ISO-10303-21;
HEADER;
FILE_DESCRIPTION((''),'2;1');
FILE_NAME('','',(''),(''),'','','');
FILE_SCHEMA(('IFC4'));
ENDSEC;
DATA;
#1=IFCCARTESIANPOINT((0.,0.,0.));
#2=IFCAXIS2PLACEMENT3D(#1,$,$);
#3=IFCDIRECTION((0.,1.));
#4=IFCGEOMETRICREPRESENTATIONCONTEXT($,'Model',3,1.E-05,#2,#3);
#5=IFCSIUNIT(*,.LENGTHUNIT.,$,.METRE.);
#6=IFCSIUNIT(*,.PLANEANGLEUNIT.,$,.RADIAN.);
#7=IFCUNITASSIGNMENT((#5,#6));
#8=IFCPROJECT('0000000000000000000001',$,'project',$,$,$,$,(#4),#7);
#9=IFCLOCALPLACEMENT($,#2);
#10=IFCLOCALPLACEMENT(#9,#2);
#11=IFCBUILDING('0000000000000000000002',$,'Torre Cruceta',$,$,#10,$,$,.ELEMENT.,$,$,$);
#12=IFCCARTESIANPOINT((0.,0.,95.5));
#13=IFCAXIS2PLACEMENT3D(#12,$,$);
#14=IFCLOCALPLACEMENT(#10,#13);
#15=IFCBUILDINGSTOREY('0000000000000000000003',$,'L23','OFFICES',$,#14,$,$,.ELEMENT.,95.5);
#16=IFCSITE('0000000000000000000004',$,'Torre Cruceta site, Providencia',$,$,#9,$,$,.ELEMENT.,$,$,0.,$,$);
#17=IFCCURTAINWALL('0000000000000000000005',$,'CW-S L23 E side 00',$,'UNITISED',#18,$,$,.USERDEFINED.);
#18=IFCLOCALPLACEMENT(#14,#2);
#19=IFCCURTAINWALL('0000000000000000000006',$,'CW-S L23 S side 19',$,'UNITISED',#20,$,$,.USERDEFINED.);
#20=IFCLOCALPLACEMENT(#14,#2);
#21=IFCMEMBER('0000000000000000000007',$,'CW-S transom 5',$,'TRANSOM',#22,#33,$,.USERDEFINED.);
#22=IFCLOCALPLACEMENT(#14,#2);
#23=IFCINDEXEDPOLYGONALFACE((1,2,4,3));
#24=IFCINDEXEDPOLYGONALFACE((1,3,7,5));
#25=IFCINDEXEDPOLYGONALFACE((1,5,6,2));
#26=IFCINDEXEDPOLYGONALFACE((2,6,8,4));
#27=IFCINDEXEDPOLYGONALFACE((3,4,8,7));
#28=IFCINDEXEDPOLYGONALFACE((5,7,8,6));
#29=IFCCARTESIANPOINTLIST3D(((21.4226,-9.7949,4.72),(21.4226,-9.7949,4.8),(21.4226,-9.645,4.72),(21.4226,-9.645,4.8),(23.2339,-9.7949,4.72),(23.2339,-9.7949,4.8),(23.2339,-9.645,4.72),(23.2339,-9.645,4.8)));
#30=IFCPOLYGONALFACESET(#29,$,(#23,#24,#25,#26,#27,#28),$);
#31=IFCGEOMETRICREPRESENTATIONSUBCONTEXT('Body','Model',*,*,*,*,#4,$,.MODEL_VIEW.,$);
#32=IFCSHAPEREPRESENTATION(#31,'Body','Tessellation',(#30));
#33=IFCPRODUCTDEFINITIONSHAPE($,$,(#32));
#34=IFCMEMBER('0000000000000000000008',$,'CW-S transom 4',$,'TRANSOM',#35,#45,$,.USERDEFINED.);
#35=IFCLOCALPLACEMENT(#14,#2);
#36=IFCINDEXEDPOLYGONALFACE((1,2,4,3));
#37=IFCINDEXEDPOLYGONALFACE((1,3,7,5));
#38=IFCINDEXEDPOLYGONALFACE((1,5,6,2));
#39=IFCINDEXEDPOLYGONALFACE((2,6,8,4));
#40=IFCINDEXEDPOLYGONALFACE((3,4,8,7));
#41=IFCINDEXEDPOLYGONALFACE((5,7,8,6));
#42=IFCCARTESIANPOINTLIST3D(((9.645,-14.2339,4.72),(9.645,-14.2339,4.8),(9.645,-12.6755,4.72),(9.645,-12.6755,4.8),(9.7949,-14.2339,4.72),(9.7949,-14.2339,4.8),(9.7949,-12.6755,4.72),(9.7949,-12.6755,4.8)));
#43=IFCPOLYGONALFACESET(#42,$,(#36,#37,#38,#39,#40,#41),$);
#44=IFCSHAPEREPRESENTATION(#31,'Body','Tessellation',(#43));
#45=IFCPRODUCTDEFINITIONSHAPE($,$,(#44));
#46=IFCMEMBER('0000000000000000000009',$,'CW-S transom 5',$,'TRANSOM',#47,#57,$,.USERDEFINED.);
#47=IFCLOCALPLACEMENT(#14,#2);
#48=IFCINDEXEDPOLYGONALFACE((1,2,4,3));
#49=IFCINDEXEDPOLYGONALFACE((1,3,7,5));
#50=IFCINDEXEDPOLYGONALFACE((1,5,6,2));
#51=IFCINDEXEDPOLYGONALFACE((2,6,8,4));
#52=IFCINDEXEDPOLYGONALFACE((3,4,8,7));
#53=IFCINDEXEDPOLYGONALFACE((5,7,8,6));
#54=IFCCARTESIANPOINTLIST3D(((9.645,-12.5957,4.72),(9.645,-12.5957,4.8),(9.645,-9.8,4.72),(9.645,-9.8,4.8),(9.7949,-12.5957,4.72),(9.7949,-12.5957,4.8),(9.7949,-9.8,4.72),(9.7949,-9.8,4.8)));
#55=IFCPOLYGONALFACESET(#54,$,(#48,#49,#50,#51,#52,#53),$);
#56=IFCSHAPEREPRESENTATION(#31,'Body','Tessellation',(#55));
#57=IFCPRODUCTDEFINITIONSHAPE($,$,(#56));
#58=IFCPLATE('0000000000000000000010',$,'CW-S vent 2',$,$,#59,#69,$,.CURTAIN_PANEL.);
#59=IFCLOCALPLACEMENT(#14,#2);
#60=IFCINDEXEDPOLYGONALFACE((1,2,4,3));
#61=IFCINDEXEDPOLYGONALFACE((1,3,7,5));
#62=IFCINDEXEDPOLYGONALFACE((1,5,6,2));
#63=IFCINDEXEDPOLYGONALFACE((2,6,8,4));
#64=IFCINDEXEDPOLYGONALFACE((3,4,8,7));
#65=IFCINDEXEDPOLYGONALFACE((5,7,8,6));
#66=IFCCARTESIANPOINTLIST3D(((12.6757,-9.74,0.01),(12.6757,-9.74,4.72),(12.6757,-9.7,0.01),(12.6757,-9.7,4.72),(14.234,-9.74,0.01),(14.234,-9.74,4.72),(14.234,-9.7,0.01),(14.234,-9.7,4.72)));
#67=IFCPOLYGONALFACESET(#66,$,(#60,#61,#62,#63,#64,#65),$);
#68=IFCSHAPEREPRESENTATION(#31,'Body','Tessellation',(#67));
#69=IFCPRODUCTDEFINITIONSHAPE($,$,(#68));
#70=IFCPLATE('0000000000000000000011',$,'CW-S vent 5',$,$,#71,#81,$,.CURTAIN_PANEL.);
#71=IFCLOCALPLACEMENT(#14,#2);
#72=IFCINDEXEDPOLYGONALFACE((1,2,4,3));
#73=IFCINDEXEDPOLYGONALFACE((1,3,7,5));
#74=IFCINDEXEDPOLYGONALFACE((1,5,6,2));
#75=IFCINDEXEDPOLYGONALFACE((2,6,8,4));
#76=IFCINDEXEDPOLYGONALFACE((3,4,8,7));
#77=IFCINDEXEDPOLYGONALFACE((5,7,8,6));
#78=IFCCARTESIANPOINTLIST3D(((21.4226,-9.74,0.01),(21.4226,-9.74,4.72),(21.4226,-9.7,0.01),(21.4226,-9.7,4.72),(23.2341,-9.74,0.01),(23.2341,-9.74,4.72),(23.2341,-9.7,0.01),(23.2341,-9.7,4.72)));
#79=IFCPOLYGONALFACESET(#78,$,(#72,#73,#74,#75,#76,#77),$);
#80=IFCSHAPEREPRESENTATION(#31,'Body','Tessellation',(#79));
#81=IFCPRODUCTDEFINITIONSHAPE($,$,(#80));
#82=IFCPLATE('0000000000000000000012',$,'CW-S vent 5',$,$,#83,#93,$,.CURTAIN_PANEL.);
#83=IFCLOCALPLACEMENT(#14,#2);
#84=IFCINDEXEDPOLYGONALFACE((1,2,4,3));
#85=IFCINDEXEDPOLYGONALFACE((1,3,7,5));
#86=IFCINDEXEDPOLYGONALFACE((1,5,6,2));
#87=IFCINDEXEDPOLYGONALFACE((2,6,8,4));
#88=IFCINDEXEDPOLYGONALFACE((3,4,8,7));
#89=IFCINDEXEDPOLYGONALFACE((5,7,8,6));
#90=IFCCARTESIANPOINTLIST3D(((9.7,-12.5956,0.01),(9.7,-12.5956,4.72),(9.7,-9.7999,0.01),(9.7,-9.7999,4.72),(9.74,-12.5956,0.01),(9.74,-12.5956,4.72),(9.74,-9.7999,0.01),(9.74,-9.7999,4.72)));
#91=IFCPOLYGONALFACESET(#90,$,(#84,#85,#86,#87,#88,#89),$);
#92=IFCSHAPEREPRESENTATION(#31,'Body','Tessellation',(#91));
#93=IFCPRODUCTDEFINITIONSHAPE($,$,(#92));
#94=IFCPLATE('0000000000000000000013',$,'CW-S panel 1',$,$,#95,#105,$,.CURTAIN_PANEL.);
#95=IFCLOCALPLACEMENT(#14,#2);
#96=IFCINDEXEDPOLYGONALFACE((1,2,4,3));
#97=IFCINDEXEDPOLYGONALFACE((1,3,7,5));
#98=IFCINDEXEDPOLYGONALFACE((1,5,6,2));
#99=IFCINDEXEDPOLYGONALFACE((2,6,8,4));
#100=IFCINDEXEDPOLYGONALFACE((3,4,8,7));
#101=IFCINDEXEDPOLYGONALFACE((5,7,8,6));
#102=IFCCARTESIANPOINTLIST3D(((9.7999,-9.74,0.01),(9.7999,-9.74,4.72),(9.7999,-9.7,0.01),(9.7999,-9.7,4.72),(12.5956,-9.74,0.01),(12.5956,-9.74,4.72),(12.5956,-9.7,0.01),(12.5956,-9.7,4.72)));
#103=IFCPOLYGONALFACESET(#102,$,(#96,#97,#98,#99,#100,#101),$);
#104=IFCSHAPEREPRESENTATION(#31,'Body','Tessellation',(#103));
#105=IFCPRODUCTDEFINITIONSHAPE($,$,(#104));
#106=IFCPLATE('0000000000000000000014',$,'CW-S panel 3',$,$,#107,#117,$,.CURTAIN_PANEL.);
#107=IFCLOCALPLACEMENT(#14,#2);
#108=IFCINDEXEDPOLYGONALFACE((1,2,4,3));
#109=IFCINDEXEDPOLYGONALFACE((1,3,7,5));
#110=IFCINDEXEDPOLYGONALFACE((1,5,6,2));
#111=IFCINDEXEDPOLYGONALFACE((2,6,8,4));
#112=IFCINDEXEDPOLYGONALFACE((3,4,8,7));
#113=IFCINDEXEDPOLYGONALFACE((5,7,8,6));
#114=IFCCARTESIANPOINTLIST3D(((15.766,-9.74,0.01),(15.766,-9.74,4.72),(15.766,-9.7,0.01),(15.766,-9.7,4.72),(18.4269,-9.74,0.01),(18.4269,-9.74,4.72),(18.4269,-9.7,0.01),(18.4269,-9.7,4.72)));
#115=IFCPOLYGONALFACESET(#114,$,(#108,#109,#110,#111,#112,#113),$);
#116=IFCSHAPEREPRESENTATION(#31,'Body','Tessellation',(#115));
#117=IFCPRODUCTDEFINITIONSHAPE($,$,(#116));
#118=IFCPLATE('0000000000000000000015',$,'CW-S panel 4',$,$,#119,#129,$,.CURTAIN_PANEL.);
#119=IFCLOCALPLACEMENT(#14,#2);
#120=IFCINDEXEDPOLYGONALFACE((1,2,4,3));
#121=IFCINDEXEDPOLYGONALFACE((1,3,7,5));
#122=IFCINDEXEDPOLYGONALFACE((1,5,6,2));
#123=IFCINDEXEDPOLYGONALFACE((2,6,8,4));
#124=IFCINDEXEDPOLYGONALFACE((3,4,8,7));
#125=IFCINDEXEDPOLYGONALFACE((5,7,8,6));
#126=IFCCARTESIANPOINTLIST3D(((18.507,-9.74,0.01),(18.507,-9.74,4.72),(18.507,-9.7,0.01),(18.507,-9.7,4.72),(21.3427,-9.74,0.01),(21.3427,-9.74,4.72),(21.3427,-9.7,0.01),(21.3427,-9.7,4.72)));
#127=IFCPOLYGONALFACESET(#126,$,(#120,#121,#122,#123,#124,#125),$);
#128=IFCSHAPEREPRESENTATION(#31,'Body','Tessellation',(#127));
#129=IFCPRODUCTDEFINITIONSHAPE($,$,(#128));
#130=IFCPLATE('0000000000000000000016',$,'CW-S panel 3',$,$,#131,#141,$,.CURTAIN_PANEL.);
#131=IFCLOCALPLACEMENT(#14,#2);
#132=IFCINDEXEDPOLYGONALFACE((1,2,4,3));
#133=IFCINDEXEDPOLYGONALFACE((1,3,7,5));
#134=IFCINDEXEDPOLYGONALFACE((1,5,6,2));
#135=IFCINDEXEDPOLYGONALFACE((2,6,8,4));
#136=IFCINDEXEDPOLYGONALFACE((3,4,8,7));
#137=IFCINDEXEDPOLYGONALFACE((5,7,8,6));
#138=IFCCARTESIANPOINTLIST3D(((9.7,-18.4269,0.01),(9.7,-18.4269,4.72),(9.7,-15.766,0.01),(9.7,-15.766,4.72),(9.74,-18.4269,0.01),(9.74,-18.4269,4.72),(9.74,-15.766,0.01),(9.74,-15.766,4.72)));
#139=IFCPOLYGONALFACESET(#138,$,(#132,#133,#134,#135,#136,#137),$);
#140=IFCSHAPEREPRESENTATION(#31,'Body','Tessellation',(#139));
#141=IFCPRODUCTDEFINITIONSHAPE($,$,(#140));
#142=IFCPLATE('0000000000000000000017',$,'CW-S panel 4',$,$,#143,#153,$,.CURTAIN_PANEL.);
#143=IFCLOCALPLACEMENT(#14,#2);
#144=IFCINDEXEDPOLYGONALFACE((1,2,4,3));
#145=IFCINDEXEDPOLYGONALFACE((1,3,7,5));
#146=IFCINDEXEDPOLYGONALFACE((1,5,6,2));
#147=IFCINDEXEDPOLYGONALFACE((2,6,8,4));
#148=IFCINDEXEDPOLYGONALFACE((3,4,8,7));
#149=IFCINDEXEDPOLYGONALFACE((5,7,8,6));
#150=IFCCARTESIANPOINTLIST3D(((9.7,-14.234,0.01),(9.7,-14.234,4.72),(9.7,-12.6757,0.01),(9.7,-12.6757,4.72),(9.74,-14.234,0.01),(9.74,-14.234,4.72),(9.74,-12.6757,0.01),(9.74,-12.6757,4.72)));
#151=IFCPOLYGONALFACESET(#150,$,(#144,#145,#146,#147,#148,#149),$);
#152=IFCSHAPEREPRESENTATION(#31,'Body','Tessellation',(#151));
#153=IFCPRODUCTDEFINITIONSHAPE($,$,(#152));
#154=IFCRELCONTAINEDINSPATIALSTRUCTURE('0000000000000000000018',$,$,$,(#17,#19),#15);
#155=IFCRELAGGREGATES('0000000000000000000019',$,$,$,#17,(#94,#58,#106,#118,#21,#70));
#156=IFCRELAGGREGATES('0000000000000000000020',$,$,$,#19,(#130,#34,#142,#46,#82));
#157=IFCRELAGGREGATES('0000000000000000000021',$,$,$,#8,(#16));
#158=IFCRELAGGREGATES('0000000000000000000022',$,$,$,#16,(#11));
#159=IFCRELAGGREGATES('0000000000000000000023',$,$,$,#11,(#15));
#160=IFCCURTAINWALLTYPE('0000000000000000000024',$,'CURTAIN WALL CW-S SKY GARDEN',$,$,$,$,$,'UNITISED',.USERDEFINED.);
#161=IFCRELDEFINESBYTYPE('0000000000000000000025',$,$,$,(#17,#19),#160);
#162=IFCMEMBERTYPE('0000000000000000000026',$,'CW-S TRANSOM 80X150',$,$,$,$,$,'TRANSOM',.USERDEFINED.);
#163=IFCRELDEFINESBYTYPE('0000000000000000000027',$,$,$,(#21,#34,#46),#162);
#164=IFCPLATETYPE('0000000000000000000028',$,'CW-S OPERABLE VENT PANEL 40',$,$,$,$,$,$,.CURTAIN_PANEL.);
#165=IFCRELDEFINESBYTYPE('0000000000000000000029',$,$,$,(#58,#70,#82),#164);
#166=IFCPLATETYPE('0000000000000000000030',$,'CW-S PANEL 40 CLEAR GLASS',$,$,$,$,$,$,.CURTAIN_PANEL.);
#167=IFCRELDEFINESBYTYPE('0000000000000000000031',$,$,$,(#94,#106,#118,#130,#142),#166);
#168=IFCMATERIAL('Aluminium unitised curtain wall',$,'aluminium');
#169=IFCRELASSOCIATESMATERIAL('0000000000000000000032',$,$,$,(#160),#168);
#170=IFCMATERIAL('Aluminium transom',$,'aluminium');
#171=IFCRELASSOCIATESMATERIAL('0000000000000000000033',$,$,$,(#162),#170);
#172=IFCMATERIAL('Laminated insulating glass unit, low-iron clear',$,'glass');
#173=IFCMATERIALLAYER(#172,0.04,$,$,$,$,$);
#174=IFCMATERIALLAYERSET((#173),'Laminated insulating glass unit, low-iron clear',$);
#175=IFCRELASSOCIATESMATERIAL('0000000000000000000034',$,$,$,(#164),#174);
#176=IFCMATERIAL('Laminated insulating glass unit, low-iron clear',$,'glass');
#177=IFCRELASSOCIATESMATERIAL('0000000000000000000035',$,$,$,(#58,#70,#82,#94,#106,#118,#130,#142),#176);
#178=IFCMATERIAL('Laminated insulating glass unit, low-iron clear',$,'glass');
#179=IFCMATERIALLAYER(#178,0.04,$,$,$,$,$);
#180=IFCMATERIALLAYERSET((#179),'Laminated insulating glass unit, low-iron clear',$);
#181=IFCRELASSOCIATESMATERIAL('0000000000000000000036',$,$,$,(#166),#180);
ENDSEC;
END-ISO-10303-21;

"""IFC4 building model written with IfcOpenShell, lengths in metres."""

from ifc_helpers import new_model, si_unit, direction, frame, origin, origin_2d, place, context, subcontext, project, spatial, rectangle, extrude, material, layer, layer_set, material_profile, profile_set, type_object, element, aggregate, save


model = new_model("IFC4")

# Units and contexts
model_context = context("Model", 3, precision=1e-05, world=origin(), true_north=direction((0.0, 1.0)))
body_context = subcontext(model_context, "Body", "Model", "MODEL_VIEW")
ifc_project = project(units=[si_unit("LENGTHUNIT", "METRE"), si_unit("PLANEANGLEUNIT", "RADIAN")], contexts=[model_context])

# Site, building, storey
site_placement = place(None, origin())
site = spatial("IfcSite", under=ifc_project, at=site_placement, Name="Torre Cruceta site, Providencia", CompositionType="ELEMENT", RefElevation=0.0)
building_placement = place(site_placement, origin())
building = spatial("IfcBuilding", under=site, at=building_placement, Name="Torre Cruceta", CompositionType="ELEMENT")
storey_placement = place(building_placement, frame((0.0, 0.0, 95.5)))
storey = spatial("IfcBuildingStorey", under=building, at=storey_placement, Name="L23", Description="OFFICES", CompositionType="ELEMENT", Elevation=95.5)

# Curtain walls
ifc_material_1 = material(Name="Aluminium unitised curtain wall", Category="aluminium")
curtain_wall_type = type_object("IfcCurtainWallType", Name="CURTAIN WALL CW-S SKY GARDEN", ElementType="UNITISED", PredefinedType="USERDEFINED", material=ifc_material_1)
curtain_wall_1_placement = place(storey_placement, origin())
curtain_wall_1 = element("IfcCurtainWall", 1, at=curtain_wall_1_placement, inside=storey, type_object=curtain_wall_type, Name="CW-S L23 E side 00", ObjectType="UNITISED", PredefinedType="USERDEFINED")
curtain_wall_2_placement = place(storey_placement, origin())
curtain_wall_2 = element("IfcCurtainWall", 2, at=curtain_wall_2_placement, inside=storey, type_object=curtain_wall_type, Name="CW-S L23 S side 19", ObjectType="UNITISED", PredefinedType="USERDEFINED")

# Members
ifc_material_2 = material(Name="Aluminium transom", Category="aluminium")
ifc_material_profile_1 = material_profile(ifc_material_2, rectangle(XDim=0.1499, YDim=0.0801, at=origin_2d()), Name="AL 150X80")
ifc_profile_set_1 = profile_set([ifc_material_profile_1], Name="Aluminium transom")
member_type_1 = type_object("IfcMemberType", Name="CW-S TRANSOM 80X150", ElementType="TRANSOM", PredefinedType="USERDEFINED", material=ifc_profile_set_1)
member_1_placement = place(storey_placement, frame((21.4226, -9.72, 4.76), z_axis=(1.0, 0.0, 0.0), x_axis=(0.0, 1.0, 0.0)))
member_1 = element("IfcMember", 3, at=member_1_placement, type_object=member_type_1, Name="CW-S transom 5", ObjectType="TRANSOM", PredefinedType="USERDEFINED", context=body_context, shape_type="SweptSolid", body=[
    extrude(rectangle(XDim=0.1499, YDim=0.0801, at=origin_2d()), origin(), (0.0, 0.0, 1.0), 1.8113),
])
member_2_placement = place(storey_placement, frame((9.72, -14.2339, 4.76), z_axis=(0.0, 1.0, 0.0), x_axis=(-1.0, 0.0, 0.0)))
member_2 = element("IfcMember", 4, at=member_2_placement, type_object=member_type_1, Name="CW-S transom 4", ObjectType="TRANSOM", PredefinedType="USERDEFINED", context=body_context, shape_type="SweptSolid", body=[
    extrude(rectangle(XDim=0.1499, YDim=0.0801, at=origin_2d()), origin(), (0.0, 0.0, 1.0), 1.5583),
])
member_3_placement = place(storey_placement, frame((9.72, -12.5957, 4.76), z_axis=(0.0, 1.0, 0.0), x_axis=(-1.0, 0.0, 0.0)))
member_3 = element("IfcMember", 5, at=member_3_placement, type_object=member_type_1, Name="CW-S transom 5", ObjectType="TRANSOM", PredefinedType="USERDEFINED", context=body_context, shape_type="SweptSolid", body=[
    extrude(rectangle(XDim=0.1499, YDim=0.0801, at=origin_2d()), origin(), (0.0, 0.0, 1.0), 2.7957),
])

# Plates
ifc_material_3 = material(Name="Laminated insulating glass unit, low-iron clear", Category="glass")
ifc_material_4 = material(Name="Laminated insulating glass unit, low-iron clear", Category="glass")
ifc_layer_1 = layer(ifc_material_4, 0.04)
ifc_layer_set_1 = layer_set([ifc_layer_1], Name="Laminated insulating glass unit, low-iron clear")
plate_type_1 = type_object("IfcPlateType", Name="CW-S OPERABLE VENT PANEL 40", PredefinedType="CURTAIN_PANEL", material=ifc_layer_set_1)
plate_1_placement = place(storey_placement, frame((13.4548, -9.72, 0.01), z_axis=(0.0, 0.0, 1.0), x_axis=(1.0, 0.0, 0.0)))
plate_1 = element("IfcPlate", 6, at=plate_1_placement, type_object=plate_type_1, material=ifc_material_3, Name="CW-S vent 2", PredefinedType="CURTAIN_PANEL", context=body_context, shape_type="SweptSolid", body=[
    extrude(rectangle(XDim=1.5583, YDim=0.04, at=origin_2d()), origin(), (0.0, 0.0, 1.0), 4.71),
])
plate_2_placement = place(storey_placement, frame((22.3284, -9.72, 0.01), z_axis=(0.0, 0.0, 1.0), x_axis=(1.0, 0.0, 0.0)))
plate_2 = element("IfcPlate", 7, at=plate_2_placement, type_object=plate_type_1, material=ifc_material_3, Name="CW-S vent 5", PredefinedType="CURTAIN_PANEL", context=body_context, shape_type="SweptSolid", body=[
    extrude(rectangle(XDim=1.8115, YDim=0.04, at=origin_2d()), origin(), (0.0, 0.0, 1.0), 4.71),
])
plate_3_placement = place(storey_placement, frame((9.72, -11.1978, 0.01), z_axis=(0.0, 0.0, 1.0), x_axis=(0.0, 1.0, 0.0)))
plate_3 = element("IfcPlate", 8, at=plate_3_placement, type_object=plate_type_1, material=ifc_material_3, Name="CW-S vent 5", PredefinedType="CURTAIN_PANEL", context=body_context, shape_type="SweptSolid", body=[
    extrude(rectangle(XDim=2.7957, YDim=0.04, at=origin_2d()), origin(), (0.0, 0.0, 1.0), 4.71),
])
ifc_material_5 = material(Name="Laminated insulating glass unit, low-iron clear", Category="glass")
ifc_layer_2 = layer(ifc_material_5, 0.04)
ifc_layer_set_2 = layer_set([ifc_layer_2], Name="Laminated insulating glass unit, low-iron clear")
plate_type_2 = type_object("IfcPlateType", Name="CW-S PANEL 40 CLEAR GLASS", PredefinedType="CURTAIN_PANEL", material=ifc_layer_set_2)
plate_4_placement = place(storey_placement, frame((11.1978, -9.72, 0.01), z_axis=(0.0, 0.0, 1.0), x_axis=(1.0, 0.0, 0.0)))
plate_4 = element("IfcPlate", 9, at=plate_4_placement, type_object=plate_type_2, material=ifc_material_3, Name="CW-S panel 1", PredefinedType="CURTAIN_PANEL", context=body_context, shape_type="SweptSolid", body=[
    extrude(rectangle(XDim=2.7957, YDim=0.04, at=origin_2d()), origin(), (0.0, 0.0, 1.0), 4.71),
])
plate_5_placement = place(storey_placement, frame((17.0964, -9.72, 0.01), z_axis=(0.0, 0.0, 1.0), x_axis=(1.0, 0.0, 0.0)))
plate_5 = element("IfcPlate", 10, at=plate_5_placement, type_object=plate_type_2, material=ifc_material_3, Name="CW-S panel 3", PredefinedType="CURTAIN_PANEL", context=body_context, shape_type="SweptSolid", body=[
    extrude(rectangle(XDim=2.6609, YDim=0.04, at=origin_2d()), origin(), (0.0, 0.0, 1.0), 4.71),
])
plate_6_placement = place(storey_placement, frame((19.9248, -9.72, 0.01), z_axis=(0.0, 0.0, 1.0), x_axis=(1.0, 0.0, 0.0)))
plate_6 = element("IfcPlate", 11, at=plate_6_placement, type_object=plate_type_2, material=ifc_material_3, Name="CW-S panel 4", PredefinedType="CURTAIN_PANEL", context=body_context, shape_type="SweptSolid", body=[
    extrude(rectangle(XDim=2.8357, YDim=0.04, at=origin_2d()), origin(), (0.0, 0.0, 1.0), 4.71),
])
aggregate(curtain_wall_1, [plate_4, plate_1, plate_5, plate_6, member_1, plate_2])
plate_7_placement = place(storey_placement, frame((9.72, -17.0964, 0.01), z_axis=(0.0, 0.0, 1.0), x_axis=(0.0, 1.0, 0.0)))
plate_7 = element("IfcPlate", 12, at=plate_7_placement, type_object=plate_type_2, material=ifc_material_3, Name="CW-S panel 3", PredefinedType="CURTAIN_PANEL", context=body_context, shape_type="SweptSolid", body=[
    extrude(rectangle(XDim=2.6609, YDim=0.04, at=origin_2d()), origin(), (0.0, 0.0, 1.0), 4.71),
])
plate_8_placement = place(storey_placement, frame((9.72, -13.4548, 0.01), z_axis=(0.0, 0.0, 1.0), x_axis=(0.0, 1.0, 0.0)))
plate_8 = element("IfcPlate", 13, at=plate_8_placement, type_object=plate_type_2, material=ifc_material_3, Name="CW-S panel 4", PredefinedType="CURTAIN_PANEL", context=body_context, shape_type="SweptSolid", body=[
    extrude(rectangle(XDim=1.5583, YDim=0.04, at=origin_2d()), origin(), (0.0, 0.0, 1.0), 4.71),
])
aggregate(curtain_wall_2, [plate_7, member_2, plate_8, member_3, plate_3])

save(model, "model.ifc")
